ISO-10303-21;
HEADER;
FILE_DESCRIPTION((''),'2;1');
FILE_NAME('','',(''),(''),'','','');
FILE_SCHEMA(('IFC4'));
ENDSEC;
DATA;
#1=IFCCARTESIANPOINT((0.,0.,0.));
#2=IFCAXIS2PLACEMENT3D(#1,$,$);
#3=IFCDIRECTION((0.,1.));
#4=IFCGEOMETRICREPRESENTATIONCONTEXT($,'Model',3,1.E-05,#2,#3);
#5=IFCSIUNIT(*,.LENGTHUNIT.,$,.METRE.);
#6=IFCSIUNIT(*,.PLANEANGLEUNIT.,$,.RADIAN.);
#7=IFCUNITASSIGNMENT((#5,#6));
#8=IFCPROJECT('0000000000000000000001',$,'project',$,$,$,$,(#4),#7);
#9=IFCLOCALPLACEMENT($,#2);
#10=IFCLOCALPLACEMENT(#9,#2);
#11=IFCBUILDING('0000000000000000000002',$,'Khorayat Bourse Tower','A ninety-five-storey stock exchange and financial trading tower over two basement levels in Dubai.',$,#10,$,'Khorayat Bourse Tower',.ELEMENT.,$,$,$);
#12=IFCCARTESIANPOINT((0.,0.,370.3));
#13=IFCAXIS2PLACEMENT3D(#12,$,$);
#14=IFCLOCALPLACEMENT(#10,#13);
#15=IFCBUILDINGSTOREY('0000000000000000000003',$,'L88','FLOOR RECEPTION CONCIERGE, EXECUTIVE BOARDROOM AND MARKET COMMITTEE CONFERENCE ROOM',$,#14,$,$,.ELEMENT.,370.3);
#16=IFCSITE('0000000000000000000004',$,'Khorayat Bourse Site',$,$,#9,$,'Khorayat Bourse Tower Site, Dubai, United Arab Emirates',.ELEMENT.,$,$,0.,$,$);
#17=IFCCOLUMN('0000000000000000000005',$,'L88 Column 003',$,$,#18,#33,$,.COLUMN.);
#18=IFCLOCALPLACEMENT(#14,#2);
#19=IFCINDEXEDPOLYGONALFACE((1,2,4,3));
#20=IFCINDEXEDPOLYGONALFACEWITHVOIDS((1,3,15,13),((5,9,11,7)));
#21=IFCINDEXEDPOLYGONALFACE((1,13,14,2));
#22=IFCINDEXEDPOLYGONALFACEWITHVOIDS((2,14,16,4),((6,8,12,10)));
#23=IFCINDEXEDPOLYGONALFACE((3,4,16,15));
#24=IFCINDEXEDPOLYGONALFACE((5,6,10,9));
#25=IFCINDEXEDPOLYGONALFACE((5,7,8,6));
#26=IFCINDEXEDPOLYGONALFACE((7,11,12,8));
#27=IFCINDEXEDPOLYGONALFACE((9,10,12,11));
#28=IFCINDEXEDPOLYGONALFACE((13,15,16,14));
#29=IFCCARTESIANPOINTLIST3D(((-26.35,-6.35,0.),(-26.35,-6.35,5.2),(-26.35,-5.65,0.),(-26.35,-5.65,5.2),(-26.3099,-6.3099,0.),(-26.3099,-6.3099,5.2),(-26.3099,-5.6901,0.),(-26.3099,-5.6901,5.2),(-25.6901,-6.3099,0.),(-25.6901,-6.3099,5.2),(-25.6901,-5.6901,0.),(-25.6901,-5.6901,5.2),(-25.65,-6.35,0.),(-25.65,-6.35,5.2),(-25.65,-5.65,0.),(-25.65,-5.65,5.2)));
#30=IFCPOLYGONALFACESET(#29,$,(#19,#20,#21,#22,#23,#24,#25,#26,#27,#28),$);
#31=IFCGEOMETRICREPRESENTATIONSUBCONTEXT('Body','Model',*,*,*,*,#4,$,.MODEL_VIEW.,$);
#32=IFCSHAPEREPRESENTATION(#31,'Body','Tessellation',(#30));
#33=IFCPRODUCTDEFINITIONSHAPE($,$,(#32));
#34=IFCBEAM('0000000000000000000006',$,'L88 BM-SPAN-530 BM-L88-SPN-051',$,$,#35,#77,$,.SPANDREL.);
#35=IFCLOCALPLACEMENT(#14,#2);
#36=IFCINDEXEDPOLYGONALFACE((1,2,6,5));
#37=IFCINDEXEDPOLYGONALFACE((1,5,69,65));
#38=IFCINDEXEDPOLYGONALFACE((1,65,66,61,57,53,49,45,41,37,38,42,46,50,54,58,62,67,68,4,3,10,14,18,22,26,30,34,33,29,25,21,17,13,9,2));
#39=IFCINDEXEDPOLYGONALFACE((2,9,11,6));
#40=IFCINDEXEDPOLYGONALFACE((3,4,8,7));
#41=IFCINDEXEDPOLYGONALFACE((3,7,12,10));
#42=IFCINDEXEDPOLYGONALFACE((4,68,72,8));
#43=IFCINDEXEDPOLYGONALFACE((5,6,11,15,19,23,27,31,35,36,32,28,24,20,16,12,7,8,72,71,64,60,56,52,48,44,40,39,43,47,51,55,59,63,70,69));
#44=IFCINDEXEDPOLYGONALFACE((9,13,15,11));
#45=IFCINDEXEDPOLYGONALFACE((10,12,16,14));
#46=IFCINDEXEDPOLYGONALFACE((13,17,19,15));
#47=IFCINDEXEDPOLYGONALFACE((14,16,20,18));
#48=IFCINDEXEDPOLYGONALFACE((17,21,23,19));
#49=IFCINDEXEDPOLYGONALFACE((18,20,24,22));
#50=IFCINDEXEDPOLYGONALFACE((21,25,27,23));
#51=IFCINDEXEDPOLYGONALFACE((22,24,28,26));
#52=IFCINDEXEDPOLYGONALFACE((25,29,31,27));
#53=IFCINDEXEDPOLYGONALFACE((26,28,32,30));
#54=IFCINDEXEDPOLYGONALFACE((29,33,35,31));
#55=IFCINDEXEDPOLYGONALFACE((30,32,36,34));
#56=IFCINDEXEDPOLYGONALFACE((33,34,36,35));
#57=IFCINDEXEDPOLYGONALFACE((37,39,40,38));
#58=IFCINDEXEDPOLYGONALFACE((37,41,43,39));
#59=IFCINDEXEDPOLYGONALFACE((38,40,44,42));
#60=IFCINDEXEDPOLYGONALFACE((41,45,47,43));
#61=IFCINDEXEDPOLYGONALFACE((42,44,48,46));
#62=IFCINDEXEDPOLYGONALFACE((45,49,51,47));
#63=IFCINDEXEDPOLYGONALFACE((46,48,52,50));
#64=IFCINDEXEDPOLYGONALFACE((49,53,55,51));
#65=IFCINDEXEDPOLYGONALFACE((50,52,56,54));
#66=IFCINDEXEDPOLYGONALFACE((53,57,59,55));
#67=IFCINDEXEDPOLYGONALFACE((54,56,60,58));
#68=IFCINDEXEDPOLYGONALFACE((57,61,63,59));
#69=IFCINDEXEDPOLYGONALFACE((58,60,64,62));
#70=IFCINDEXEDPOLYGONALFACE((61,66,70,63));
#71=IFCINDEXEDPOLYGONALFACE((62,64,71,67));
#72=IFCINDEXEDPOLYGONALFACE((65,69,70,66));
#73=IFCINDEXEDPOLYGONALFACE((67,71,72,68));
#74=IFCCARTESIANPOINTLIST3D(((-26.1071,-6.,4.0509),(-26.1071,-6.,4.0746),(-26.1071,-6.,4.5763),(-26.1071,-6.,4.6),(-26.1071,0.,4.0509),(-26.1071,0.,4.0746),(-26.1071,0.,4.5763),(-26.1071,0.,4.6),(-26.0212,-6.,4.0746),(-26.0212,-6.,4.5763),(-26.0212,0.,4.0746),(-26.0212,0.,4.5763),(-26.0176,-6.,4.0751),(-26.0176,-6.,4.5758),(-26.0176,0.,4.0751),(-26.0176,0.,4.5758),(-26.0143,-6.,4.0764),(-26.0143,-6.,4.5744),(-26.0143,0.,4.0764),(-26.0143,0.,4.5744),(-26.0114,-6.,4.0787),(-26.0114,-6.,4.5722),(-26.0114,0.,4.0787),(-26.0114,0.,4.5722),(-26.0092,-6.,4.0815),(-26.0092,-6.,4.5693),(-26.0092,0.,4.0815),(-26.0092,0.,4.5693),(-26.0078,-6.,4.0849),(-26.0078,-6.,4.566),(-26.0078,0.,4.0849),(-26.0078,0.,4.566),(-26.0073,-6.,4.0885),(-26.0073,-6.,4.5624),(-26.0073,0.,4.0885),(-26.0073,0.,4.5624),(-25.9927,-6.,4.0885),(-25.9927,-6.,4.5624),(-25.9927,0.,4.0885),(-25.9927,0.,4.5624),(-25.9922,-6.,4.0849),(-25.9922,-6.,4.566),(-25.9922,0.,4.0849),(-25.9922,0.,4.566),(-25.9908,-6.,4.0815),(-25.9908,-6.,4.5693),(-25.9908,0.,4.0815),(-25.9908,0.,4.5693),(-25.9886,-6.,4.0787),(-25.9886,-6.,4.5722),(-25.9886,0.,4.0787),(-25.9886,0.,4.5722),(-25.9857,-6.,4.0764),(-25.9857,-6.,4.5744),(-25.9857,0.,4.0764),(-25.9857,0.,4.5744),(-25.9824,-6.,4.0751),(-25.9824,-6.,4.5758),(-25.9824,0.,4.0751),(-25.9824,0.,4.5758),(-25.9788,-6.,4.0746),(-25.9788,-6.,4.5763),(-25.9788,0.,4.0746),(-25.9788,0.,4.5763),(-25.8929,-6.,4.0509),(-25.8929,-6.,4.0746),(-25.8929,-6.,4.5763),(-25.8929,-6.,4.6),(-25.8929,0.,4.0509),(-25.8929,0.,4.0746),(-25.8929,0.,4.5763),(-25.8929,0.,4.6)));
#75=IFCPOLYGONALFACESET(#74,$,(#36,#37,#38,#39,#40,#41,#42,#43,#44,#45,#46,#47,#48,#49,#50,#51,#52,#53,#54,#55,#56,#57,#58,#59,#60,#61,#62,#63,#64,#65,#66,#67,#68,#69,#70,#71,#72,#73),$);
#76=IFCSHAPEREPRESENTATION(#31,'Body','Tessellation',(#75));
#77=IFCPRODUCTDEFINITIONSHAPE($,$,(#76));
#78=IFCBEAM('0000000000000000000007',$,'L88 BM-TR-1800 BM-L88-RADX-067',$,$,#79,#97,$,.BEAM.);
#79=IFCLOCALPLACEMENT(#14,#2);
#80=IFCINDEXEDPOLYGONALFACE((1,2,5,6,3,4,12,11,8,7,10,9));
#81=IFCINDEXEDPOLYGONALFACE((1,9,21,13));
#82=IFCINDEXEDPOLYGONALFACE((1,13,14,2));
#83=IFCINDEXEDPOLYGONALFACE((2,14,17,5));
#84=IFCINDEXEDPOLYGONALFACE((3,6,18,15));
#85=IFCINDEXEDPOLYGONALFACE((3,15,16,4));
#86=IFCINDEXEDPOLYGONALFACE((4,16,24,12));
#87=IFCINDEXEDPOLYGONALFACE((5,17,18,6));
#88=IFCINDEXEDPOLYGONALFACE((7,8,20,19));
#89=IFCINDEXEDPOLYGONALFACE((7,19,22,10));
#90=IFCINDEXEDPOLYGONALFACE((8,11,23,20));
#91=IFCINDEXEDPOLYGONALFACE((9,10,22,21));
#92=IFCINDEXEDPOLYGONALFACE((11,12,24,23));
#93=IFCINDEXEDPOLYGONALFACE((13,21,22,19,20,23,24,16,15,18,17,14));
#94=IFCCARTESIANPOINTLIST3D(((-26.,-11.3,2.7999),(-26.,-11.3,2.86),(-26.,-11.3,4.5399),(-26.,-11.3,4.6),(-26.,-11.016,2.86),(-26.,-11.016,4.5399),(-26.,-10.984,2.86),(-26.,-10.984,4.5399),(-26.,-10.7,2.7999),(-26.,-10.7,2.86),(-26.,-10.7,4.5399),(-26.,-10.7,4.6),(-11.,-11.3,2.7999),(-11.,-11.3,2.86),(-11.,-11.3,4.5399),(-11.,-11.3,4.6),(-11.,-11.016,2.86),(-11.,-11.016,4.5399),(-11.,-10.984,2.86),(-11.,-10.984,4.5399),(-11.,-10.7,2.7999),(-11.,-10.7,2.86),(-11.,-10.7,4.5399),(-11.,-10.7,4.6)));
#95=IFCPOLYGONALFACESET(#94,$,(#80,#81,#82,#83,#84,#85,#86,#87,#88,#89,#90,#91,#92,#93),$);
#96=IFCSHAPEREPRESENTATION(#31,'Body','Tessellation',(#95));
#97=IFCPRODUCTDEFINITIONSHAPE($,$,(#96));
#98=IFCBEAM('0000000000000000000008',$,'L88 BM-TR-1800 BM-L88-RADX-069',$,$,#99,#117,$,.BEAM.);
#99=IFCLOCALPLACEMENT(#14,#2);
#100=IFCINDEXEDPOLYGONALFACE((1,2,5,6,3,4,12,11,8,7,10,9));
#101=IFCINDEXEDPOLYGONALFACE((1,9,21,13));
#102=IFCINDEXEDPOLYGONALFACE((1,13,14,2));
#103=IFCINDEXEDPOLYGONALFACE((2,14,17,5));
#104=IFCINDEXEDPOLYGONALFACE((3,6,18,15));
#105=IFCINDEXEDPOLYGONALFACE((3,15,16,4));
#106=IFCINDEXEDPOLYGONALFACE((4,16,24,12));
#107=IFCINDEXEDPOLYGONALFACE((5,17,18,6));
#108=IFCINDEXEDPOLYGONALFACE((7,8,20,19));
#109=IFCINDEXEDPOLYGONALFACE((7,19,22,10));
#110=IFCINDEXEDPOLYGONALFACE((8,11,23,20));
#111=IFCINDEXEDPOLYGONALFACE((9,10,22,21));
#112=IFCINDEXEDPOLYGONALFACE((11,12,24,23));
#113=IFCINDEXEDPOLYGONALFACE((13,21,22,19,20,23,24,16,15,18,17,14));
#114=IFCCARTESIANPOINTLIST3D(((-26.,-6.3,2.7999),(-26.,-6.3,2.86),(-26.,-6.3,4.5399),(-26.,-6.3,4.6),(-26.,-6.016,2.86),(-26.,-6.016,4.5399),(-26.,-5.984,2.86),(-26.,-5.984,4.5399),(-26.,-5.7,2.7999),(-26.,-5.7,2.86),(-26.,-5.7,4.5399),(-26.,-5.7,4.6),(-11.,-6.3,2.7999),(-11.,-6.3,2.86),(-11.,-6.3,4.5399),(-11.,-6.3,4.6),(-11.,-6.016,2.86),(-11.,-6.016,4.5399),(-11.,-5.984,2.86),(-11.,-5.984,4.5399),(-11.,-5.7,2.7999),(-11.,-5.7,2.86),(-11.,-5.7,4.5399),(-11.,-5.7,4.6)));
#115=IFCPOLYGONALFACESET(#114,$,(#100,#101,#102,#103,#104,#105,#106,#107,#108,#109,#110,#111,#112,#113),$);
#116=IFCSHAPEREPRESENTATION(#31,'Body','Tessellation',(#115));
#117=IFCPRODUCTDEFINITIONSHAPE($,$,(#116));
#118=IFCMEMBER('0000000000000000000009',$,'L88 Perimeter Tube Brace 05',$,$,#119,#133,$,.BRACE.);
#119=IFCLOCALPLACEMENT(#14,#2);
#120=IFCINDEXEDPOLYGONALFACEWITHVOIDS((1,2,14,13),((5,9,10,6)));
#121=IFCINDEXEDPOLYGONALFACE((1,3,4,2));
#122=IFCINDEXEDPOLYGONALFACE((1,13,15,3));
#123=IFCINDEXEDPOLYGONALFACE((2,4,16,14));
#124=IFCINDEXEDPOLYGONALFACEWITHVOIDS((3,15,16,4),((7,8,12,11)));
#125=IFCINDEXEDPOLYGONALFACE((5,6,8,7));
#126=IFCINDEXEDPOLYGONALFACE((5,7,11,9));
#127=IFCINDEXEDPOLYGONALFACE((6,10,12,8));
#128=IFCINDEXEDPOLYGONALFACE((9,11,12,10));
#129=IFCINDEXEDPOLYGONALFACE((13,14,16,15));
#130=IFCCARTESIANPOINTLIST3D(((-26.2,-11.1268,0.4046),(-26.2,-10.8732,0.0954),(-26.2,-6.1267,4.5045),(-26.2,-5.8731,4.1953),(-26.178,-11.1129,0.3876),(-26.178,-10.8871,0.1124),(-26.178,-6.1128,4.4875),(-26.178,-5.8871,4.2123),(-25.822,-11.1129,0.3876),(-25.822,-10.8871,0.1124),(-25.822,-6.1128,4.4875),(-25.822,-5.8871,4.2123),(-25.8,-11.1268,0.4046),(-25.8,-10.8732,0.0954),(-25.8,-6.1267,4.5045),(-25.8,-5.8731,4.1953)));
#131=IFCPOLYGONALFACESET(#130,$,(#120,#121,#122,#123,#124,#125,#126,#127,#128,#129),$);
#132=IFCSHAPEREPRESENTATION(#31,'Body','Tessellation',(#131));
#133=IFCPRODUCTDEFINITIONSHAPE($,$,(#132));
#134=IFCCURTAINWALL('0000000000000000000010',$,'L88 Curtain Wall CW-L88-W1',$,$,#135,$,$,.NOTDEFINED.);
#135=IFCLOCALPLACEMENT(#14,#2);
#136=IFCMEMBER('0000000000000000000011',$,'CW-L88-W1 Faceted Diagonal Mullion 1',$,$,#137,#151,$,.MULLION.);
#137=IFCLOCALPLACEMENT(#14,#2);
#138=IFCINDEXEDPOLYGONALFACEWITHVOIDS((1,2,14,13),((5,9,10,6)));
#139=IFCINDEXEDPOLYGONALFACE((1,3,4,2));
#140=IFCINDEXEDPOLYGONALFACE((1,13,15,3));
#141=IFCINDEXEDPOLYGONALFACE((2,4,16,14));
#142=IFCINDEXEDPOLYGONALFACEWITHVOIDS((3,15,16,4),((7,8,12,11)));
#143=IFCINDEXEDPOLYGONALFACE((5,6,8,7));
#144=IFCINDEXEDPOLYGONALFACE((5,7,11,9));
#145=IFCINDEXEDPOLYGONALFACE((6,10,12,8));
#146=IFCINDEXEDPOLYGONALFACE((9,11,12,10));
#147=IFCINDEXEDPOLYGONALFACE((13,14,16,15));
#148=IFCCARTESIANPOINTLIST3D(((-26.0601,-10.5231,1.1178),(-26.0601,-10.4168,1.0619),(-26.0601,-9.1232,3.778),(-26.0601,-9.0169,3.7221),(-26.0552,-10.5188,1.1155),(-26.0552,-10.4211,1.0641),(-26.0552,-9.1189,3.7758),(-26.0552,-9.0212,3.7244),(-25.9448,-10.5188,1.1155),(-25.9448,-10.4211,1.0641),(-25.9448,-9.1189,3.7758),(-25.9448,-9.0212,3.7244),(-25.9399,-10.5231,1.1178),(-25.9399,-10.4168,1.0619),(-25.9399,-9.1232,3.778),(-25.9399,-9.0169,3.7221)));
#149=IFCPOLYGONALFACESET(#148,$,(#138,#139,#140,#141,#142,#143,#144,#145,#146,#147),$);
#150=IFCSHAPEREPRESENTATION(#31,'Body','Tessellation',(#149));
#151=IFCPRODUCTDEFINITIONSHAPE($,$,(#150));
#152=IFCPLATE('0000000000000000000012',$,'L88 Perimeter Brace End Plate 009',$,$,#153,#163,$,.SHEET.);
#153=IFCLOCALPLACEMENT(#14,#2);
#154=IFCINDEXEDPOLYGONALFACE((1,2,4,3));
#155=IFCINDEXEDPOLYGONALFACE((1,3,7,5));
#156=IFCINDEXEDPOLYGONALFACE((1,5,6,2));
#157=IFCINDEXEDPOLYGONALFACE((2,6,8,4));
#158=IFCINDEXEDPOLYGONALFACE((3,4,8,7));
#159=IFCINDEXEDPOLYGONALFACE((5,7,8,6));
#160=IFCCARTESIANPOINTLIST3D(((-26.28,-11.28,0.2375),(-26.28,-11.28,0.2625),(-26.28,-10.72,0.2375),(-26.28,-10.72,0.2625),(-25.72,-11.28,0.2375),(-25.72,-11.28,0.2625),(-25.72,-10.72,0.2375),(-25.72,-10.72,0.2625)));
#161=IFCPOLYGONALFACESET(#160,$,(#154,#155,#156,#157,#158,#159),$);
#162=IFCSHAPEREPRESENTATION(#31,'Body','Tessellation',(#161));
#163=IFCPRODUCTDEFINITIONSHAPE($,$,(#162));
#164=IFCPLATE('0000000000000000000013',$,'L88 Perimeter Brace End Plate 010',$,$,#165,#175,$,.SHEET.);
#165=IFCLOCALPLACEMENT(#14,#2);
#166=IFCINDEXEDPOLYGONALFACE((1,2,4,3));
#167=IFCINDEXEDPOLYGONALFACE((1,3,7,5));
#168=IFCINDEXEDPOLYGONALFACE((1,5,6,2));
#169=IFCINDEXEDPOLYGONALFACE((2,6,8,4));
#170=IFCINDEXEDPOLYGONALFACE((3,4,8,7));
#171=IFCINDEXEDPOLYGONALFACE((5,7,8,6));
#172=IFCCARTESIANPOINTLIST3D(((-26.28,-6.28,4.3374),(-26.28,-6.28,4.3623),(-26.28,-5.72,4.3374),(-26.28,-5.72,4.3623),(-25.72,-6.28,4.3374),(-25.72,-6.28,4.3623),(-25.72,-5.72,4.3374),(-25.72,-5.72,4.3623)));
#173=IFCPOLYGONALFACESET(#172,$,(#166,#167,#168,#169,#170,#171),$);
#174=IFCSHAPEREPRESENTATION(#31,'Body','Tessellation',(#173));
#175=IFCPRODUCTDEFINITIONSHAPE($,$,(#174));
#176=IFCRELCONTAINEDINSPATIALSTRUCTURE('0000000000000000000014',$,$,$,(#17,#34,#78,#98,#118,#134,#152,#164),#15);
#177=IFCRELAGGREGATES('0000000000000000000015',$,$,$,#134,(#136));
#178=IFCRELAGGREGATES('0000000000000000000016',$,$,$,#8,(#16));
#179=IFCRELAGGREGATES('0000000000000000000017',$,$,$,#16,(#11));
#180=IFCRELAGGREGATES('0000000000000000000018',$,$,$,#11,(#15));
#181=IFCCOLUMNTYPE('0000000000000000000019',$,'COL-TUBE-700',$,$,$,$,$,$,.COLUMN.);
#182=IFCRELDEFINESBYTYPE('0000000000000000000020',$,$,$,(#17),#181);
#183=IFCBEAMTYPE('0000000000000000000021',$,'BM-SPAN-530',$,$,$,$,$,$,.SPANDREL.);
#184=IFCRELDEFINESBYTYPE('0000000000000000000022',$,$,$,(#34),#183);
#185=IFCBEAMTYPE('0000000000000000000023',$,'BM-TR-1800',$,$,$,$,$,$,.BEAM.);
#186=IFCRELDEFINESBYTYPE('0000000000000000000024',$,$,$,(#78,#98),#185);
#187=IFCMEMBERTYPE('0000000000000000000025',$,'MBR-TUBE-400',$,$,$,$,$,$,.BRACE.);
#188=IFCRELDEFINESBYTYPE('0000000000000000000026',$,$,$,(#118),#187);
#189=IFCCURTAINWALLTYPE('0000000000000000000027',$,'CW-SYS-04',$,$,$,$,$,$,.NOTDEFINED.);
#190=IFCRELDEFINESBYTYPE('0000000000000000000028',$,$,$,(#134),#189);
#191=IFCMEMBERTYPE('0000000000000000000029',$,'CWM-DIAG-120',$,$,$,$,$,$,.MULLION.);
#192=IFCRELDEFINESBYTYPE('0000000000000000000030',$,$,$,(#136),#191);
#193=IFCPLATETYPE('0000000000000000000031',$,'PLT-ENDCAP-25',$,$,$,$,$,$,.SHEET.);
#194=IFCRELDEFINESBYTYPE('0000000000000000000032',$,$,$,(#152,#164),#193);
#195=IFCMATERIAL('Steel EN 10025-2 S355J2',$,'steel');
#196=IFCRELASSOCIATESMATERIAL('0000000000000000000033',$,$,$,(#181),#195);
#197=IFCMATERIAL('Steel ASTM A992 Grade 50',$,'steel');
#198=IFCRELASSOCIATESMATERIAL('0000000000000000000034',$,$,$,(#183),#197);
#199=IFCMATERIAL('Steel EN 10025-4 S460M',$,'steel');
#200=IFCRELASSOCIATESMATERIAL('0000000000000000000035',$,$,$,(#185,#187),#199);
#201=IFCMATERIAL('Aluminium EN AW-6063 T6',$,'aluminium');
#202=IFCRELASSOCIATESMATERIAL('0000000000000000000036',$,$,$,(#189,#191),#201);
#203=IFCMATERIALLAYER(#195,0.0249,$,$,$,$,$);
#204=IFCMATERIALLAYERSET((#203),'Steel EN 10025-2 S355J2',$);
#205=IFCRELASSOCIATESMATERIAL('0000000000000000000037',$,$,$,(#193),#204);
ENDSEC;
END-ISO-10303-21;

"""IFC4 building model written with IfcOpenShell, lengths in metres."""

from ifc_helpers import new_model, si_unit, direction, frame, origin, origin_2d, place, context, subcontext, project, spatial, rectangle, hollow_rectangle, i_section, extrude, source, transform, mapped, material, layer, layer_set, material_profile, profile_set, type_object, element, aggregate, save


model = new_model("IFC4")

# Units and contexts
model_context = context("Model", 3, precision=1e-05, world=origin(), true_north=direction((0.0, 1.0)))
body_context = subcontext(model_context, "Body", "Model", "MODEL_VIEW")
ifc_project = project(units=[si_unit("LENGTHUNIT", "METRE"), si_unit("PLANEANGLEUNIT", "RADIAN")], contexts=[model_context])

# Site, building, storey
site_placement = place(None, origin())
site = spatial("IfcSite", under=ifc_project, at=site_placement, Name="Khorayat Bourse Site", LongName="Khorayat Bourse Tower Site, Dubai, United Arab Emirates", CompositionType="ELEMENT", RefElevation=0.0)
building_placement = place(site_placement, origin())
building = spatial("IfcBuilding", under=site, at=building_placement, Name="Khorayat Bourse Tower", Description="A ninety-five-storey stock exchange and financial trading tower over two basement levels in Dubai.", LongName="Khorayat Bourse Tower", CompositionType="ELEMENT")
storey_placement = place(building_placement, frame((0.0, 0.0, 370.3)))
storey = spatial("IfcBuildingStorey", under=building, at=storey_placement, Name="L88", Description="FLOOR RECEPTION CONCIERGE, EXECUTIVE BOARDROOM AND MARKET COMMITTEE CONFERENCE ROOM", CompositionType="ELEMENT", Elevation=370.3)

# Column
ifc_material_1 = material(Name="Steel EN 10025-2 S355J2", Category="steel")
ifc_material_profile_1 = material_profile(ifc_material_1, hollow_rectangle(XDim=0.7, YDim=0.7, WallThickness=0.04, at=origin_2d()), Name="BOX 700x700x40")
ifc_profile_set_1 = profile_set([ifc_material_profile_1], Name="Steel EN 10025-2 S355J2")
column_type = type_object("IfcColumnType", Name="COL-TUBE-700", PredefinedType="COLUMN", material=ifc_profile_set_1)
shared_shape_1 = source(origin(), body_context, "Body", "SweptSolid", [
    extrude(hollow_rectangle(XDim=0.7, YDim=0.7, WallThickness=0.04, at=origin_2d()), origin(), (0.0, 0.0, 1.0), 5.2),
])
column_placement = place(storey_placement, frame((-26.0, -6.0, 0.0), z_axis=(0.0, 0.0, 1.0), x_axis=(1.0, 0.0, 0.0)))
element("IfcColumn", 1, at=column_placement, inside=storey, type_object=column_type, Name="L88 Column 003", PredefinedType="COLUMN", context=body_context, shape_type="MappedRepresentation", body=[
    mapped(shared_shape_1, transform((0.0, 0.0, 0.0), scale=1.0)),
])

# Beams
ifc_material_2 = material(Name="Steel ASTM A992 Grade 50", Category="steel")
ifc_material_profile_2 = material_profile(ifc_material_2, i_section(OverallWidth=0.2141, OverallDepth=0.5491, WebThickness=0.0146, FlangeThickness=0.0237, FilletRadius=0.0139, at=origin_2d()), Name="W530X138")
ifc_profile_set_2 = profile_set([ifc_material_profile_2], Name="Steel ASTM A992 Grade 50")
beam_type_1 = type_object("IfcBeamType", Name="BM-SPAN-530", PredefinedType="SPANDREL", material=ifc_profile_set_2)
shared_shape_2 = source(origin(), body_context, "Body", "SweptSolid", [
    extrude(i_section(OverallWidth=0.2141, OverallDepth=0.5491, WebThickness=0.0146, FlangeThickness=0.0237, FilletRadius=0.0139, at=origin_2d()), origin(), (0.0, 0.0, 1.0), 6.0),
])
beam_placement = place(storey_placement, frame((-26.0, -6.0, 4.3254), z_axis=(0.0, 1.0, 0.0), x_axis=(-1.0, 0.0, 0.0)))
element("IfcBeam", 2, at=beam_placement, inside=storey, type_object=beam_type_1, Name="L88 BM-SPAN-530 BM-L88-SPN-051", PredefinedType="SPANDREL", context=body_context, shape_type="MappedRepresentation", body=[
    mapped(shared_shape_2, transform((0.0, 0.0, 0.0), scale=1.0)),
])
ifc_material_3 = material(Name="Steel EN 10025-4 S460M", Category="steel")
ifc_material_profile_3 = material_profile(ifc_material_3, i_section(OverallWidth=0.6001, OverallDepth=1.8, WebThickness=0.032, FlangeThickness=0.0601, at=origin_2d()), Name="PG 1800x600x32x60")
ifc_profile_set_3 = profile_set([ifc_material_profile_3], Name="Steel EN 10025-4 S460M")
beam_type_2 = type_object("IfcBeamType", Name="BM-TR-1800", PredefinedType="BEAM", material=ifc_profile_set_3)
shared_shape_3 = source(origin(), body_context, "Body", "SweptSolid", [
    extrude(i_section(OverallWidth=0.6001, OverallDepth=1.8, WebThickness=0.032, FlangeThickness=0.0601, at=origin_2d()), origin(), (0.0, 0.0, 1.0), 15.0),
])
for number, where, z_axis, x_axis, name in (
    (3, (-26.0, -11.0, 3.7), (1.0, 0.0, 0.0), (0.0, 1.0, 0.0), "L88 BM-TR-1800 BM-L88-RADX-067"),
    (4, (-26.0, -6.0, 3.7), (1.0, 0.0, 0.0), (0.0, 1.0, 0.0), "L88 BM-TR-1800 BM-L88-RADX-069"),
):
    element("IfcBeam", number, at=place(storey_placement, frame(where, z_axis=z_axis, x_axis=x_axis)), inside=storey, type_object=beam_type_2, Name=name, PredefinedType="BEAM", context=body_context, shape_type="MappedRepresentation", body=[
        mapped(shared_shape_3, transform((0.0, 0.0, 0.0), scale=1.0)),
    ])

# Member
ifc_material_profile_4 = material_profile(ifc_material_3, hollow_rectangle(XDim=0.3999, YDim=0.3999, WallThickness=0.022, at=origin_2d()), Name="HSS 400x400x22")
ifc_profile_set_4 = profile_set([ifc_material_profile_4], Name="Steel EN 10025-4 S460M")
member_type_1 = type_object("IfcMemberType", Name="MBR-TUBE-400", PredefinedType="BRACE", material=ifc_profile_set_4)
shared_shape_4 = source(origin(), body_context, "Body", "SweptSolid", [
    extrude(hollow_rectangle(XDim=0.3999, YDim=0.3999, WallThickness=0.022, at=origin_2d()), origin(), (0.0, 0.0, 1.0), 6.4661),
])
member_1_placement = place(storey_placement, frame((-26.0, -11.0, 0.25), z_axis=(0.0, 0.773279, 0.634066), x_axis=(-1.0, 0.0, 0.0)))
element("IfcMember", 5, at=member_1_placement, inside=storey, type_object=member_type_1, Name="L88 Perimeter Tube Brace 05", PredefinedType="BRACE", context=body_context, shape_type="MappedRepresentation", body=[
    mapped(shared_shape_4, transform((0.0, 0.0, 0.0), scale=1.0)),
])

# Curtain wall, member
ifc_material_4 = material(Name="Aluminium EN AW-6063 T6", Category="aluminium")
curtain_wall_type = type_object("IfcCurtainWallType", Name="CW-SYS-04", PredefinedType="NOTDEFINED", material=ifc_material_4)
curtain_wall_placement = place(storey_placement, origin())
curtain_wall = element("IfcCurtainWall", 6, at=curtain_wall_placement, inside=storey, type_object=curtain_wall_type, Name="L88 Curtain Wall CW-L88-W1", PredefinedType="NOTDEFINED")
ifc_material_profile_5 = material_profile(ifc_material_4, hollow_rectangle(XDim=0.1201, YDim=0.1201, WallThickness=0.0049, at=origin_2d()), Name="ALU 120x120x5")
ifc_profile_set_5 = profile_set([ifc_material_profile_5], Name="Aluminium EN AW-6063 T6")
member_type_2 = type_object("IfcMemberType", Name="CWM-DIAG-120", PredefinedType="MULLION", material=ifc_profile_set_5)
shared_shape_5 = source(origin(), body_context, "Body", "SweptSolid", [
    extrude(hollow_rectangle(XDim=0.1201, YDim=0.1201, WallThickness=0.0049, at=origin_2d()), origin(), (0.0, 0.0, 1.0), 3.0061),
])
member_2_placement = place(storey_placement, frame((-26.0, -10.47, 1.0898), z_axis=(0.0, 0.4657, 0.884943), x_axis=(-1.0, 0.0, 0.0)))
member_2 = element("IfcMember", 7, at=member_2_placement, type_object=member_type_2, Name="CW-L88-W1 Faceted Diagonal Mullion 1", PredefinedType="MULLION", context=body_context, shape_type="MappedRepresentation", body=[
    mapped(shared_shape_5, transform((0.0, 0.0, 0.0), scale=1.0)),
])

# Plates
ifc_layer_1 = layer(ifc_material_1, 0.0249)
ifc_layer_set_1 = layer_set([ifc_layer_1], Name="Steel EN 10025-2 S355J2")
plate_type_1 = type_object("IfcPlateType", Name="PLT-ENDCAP-25", PredefinedType="SHEET", material=ifc_layer_set_1)
shared_shape_6 = source(origin(), body_context, "Body", "SweptSolid", [
    extrude(rectangle(XDim=0.5601, YDim=0.5601, at=origin_2d()), origin(), (0.0, 0.0, 1.0), 0.0249),
])
for number, where, z_axis, x_axis, name in (
    (8, (-26.0, -11.0, 0.2375), (0.0, 0.0, 1.0), (1.0, 0.0, 0.0), "L88 Perimeter Brace End Plate 009"),
    (9, (-26.0, -6.0, 4.3374), (0.0, 0.0, 1.0), (1.0, 0.0, 0.0), "L88 Perimeter Brace End Plate 010"),
):
    element("IfcPlate", number, at=place(storey_placement, frame(where, z_axis=z_axis, x_axis=x_axis)), inside=storey, type_object=plate_type_1, Name=name, PredefinedType="SHEET", context=body_context, shape_type="MappedRepresentation", body=[
        mapped(shared_shape_6, transform((0.0, 0.0, 0.0), scale=1.0)),
    ])

aggregate(curtain_wall, [member_2])

save(model, "model.ifc")
